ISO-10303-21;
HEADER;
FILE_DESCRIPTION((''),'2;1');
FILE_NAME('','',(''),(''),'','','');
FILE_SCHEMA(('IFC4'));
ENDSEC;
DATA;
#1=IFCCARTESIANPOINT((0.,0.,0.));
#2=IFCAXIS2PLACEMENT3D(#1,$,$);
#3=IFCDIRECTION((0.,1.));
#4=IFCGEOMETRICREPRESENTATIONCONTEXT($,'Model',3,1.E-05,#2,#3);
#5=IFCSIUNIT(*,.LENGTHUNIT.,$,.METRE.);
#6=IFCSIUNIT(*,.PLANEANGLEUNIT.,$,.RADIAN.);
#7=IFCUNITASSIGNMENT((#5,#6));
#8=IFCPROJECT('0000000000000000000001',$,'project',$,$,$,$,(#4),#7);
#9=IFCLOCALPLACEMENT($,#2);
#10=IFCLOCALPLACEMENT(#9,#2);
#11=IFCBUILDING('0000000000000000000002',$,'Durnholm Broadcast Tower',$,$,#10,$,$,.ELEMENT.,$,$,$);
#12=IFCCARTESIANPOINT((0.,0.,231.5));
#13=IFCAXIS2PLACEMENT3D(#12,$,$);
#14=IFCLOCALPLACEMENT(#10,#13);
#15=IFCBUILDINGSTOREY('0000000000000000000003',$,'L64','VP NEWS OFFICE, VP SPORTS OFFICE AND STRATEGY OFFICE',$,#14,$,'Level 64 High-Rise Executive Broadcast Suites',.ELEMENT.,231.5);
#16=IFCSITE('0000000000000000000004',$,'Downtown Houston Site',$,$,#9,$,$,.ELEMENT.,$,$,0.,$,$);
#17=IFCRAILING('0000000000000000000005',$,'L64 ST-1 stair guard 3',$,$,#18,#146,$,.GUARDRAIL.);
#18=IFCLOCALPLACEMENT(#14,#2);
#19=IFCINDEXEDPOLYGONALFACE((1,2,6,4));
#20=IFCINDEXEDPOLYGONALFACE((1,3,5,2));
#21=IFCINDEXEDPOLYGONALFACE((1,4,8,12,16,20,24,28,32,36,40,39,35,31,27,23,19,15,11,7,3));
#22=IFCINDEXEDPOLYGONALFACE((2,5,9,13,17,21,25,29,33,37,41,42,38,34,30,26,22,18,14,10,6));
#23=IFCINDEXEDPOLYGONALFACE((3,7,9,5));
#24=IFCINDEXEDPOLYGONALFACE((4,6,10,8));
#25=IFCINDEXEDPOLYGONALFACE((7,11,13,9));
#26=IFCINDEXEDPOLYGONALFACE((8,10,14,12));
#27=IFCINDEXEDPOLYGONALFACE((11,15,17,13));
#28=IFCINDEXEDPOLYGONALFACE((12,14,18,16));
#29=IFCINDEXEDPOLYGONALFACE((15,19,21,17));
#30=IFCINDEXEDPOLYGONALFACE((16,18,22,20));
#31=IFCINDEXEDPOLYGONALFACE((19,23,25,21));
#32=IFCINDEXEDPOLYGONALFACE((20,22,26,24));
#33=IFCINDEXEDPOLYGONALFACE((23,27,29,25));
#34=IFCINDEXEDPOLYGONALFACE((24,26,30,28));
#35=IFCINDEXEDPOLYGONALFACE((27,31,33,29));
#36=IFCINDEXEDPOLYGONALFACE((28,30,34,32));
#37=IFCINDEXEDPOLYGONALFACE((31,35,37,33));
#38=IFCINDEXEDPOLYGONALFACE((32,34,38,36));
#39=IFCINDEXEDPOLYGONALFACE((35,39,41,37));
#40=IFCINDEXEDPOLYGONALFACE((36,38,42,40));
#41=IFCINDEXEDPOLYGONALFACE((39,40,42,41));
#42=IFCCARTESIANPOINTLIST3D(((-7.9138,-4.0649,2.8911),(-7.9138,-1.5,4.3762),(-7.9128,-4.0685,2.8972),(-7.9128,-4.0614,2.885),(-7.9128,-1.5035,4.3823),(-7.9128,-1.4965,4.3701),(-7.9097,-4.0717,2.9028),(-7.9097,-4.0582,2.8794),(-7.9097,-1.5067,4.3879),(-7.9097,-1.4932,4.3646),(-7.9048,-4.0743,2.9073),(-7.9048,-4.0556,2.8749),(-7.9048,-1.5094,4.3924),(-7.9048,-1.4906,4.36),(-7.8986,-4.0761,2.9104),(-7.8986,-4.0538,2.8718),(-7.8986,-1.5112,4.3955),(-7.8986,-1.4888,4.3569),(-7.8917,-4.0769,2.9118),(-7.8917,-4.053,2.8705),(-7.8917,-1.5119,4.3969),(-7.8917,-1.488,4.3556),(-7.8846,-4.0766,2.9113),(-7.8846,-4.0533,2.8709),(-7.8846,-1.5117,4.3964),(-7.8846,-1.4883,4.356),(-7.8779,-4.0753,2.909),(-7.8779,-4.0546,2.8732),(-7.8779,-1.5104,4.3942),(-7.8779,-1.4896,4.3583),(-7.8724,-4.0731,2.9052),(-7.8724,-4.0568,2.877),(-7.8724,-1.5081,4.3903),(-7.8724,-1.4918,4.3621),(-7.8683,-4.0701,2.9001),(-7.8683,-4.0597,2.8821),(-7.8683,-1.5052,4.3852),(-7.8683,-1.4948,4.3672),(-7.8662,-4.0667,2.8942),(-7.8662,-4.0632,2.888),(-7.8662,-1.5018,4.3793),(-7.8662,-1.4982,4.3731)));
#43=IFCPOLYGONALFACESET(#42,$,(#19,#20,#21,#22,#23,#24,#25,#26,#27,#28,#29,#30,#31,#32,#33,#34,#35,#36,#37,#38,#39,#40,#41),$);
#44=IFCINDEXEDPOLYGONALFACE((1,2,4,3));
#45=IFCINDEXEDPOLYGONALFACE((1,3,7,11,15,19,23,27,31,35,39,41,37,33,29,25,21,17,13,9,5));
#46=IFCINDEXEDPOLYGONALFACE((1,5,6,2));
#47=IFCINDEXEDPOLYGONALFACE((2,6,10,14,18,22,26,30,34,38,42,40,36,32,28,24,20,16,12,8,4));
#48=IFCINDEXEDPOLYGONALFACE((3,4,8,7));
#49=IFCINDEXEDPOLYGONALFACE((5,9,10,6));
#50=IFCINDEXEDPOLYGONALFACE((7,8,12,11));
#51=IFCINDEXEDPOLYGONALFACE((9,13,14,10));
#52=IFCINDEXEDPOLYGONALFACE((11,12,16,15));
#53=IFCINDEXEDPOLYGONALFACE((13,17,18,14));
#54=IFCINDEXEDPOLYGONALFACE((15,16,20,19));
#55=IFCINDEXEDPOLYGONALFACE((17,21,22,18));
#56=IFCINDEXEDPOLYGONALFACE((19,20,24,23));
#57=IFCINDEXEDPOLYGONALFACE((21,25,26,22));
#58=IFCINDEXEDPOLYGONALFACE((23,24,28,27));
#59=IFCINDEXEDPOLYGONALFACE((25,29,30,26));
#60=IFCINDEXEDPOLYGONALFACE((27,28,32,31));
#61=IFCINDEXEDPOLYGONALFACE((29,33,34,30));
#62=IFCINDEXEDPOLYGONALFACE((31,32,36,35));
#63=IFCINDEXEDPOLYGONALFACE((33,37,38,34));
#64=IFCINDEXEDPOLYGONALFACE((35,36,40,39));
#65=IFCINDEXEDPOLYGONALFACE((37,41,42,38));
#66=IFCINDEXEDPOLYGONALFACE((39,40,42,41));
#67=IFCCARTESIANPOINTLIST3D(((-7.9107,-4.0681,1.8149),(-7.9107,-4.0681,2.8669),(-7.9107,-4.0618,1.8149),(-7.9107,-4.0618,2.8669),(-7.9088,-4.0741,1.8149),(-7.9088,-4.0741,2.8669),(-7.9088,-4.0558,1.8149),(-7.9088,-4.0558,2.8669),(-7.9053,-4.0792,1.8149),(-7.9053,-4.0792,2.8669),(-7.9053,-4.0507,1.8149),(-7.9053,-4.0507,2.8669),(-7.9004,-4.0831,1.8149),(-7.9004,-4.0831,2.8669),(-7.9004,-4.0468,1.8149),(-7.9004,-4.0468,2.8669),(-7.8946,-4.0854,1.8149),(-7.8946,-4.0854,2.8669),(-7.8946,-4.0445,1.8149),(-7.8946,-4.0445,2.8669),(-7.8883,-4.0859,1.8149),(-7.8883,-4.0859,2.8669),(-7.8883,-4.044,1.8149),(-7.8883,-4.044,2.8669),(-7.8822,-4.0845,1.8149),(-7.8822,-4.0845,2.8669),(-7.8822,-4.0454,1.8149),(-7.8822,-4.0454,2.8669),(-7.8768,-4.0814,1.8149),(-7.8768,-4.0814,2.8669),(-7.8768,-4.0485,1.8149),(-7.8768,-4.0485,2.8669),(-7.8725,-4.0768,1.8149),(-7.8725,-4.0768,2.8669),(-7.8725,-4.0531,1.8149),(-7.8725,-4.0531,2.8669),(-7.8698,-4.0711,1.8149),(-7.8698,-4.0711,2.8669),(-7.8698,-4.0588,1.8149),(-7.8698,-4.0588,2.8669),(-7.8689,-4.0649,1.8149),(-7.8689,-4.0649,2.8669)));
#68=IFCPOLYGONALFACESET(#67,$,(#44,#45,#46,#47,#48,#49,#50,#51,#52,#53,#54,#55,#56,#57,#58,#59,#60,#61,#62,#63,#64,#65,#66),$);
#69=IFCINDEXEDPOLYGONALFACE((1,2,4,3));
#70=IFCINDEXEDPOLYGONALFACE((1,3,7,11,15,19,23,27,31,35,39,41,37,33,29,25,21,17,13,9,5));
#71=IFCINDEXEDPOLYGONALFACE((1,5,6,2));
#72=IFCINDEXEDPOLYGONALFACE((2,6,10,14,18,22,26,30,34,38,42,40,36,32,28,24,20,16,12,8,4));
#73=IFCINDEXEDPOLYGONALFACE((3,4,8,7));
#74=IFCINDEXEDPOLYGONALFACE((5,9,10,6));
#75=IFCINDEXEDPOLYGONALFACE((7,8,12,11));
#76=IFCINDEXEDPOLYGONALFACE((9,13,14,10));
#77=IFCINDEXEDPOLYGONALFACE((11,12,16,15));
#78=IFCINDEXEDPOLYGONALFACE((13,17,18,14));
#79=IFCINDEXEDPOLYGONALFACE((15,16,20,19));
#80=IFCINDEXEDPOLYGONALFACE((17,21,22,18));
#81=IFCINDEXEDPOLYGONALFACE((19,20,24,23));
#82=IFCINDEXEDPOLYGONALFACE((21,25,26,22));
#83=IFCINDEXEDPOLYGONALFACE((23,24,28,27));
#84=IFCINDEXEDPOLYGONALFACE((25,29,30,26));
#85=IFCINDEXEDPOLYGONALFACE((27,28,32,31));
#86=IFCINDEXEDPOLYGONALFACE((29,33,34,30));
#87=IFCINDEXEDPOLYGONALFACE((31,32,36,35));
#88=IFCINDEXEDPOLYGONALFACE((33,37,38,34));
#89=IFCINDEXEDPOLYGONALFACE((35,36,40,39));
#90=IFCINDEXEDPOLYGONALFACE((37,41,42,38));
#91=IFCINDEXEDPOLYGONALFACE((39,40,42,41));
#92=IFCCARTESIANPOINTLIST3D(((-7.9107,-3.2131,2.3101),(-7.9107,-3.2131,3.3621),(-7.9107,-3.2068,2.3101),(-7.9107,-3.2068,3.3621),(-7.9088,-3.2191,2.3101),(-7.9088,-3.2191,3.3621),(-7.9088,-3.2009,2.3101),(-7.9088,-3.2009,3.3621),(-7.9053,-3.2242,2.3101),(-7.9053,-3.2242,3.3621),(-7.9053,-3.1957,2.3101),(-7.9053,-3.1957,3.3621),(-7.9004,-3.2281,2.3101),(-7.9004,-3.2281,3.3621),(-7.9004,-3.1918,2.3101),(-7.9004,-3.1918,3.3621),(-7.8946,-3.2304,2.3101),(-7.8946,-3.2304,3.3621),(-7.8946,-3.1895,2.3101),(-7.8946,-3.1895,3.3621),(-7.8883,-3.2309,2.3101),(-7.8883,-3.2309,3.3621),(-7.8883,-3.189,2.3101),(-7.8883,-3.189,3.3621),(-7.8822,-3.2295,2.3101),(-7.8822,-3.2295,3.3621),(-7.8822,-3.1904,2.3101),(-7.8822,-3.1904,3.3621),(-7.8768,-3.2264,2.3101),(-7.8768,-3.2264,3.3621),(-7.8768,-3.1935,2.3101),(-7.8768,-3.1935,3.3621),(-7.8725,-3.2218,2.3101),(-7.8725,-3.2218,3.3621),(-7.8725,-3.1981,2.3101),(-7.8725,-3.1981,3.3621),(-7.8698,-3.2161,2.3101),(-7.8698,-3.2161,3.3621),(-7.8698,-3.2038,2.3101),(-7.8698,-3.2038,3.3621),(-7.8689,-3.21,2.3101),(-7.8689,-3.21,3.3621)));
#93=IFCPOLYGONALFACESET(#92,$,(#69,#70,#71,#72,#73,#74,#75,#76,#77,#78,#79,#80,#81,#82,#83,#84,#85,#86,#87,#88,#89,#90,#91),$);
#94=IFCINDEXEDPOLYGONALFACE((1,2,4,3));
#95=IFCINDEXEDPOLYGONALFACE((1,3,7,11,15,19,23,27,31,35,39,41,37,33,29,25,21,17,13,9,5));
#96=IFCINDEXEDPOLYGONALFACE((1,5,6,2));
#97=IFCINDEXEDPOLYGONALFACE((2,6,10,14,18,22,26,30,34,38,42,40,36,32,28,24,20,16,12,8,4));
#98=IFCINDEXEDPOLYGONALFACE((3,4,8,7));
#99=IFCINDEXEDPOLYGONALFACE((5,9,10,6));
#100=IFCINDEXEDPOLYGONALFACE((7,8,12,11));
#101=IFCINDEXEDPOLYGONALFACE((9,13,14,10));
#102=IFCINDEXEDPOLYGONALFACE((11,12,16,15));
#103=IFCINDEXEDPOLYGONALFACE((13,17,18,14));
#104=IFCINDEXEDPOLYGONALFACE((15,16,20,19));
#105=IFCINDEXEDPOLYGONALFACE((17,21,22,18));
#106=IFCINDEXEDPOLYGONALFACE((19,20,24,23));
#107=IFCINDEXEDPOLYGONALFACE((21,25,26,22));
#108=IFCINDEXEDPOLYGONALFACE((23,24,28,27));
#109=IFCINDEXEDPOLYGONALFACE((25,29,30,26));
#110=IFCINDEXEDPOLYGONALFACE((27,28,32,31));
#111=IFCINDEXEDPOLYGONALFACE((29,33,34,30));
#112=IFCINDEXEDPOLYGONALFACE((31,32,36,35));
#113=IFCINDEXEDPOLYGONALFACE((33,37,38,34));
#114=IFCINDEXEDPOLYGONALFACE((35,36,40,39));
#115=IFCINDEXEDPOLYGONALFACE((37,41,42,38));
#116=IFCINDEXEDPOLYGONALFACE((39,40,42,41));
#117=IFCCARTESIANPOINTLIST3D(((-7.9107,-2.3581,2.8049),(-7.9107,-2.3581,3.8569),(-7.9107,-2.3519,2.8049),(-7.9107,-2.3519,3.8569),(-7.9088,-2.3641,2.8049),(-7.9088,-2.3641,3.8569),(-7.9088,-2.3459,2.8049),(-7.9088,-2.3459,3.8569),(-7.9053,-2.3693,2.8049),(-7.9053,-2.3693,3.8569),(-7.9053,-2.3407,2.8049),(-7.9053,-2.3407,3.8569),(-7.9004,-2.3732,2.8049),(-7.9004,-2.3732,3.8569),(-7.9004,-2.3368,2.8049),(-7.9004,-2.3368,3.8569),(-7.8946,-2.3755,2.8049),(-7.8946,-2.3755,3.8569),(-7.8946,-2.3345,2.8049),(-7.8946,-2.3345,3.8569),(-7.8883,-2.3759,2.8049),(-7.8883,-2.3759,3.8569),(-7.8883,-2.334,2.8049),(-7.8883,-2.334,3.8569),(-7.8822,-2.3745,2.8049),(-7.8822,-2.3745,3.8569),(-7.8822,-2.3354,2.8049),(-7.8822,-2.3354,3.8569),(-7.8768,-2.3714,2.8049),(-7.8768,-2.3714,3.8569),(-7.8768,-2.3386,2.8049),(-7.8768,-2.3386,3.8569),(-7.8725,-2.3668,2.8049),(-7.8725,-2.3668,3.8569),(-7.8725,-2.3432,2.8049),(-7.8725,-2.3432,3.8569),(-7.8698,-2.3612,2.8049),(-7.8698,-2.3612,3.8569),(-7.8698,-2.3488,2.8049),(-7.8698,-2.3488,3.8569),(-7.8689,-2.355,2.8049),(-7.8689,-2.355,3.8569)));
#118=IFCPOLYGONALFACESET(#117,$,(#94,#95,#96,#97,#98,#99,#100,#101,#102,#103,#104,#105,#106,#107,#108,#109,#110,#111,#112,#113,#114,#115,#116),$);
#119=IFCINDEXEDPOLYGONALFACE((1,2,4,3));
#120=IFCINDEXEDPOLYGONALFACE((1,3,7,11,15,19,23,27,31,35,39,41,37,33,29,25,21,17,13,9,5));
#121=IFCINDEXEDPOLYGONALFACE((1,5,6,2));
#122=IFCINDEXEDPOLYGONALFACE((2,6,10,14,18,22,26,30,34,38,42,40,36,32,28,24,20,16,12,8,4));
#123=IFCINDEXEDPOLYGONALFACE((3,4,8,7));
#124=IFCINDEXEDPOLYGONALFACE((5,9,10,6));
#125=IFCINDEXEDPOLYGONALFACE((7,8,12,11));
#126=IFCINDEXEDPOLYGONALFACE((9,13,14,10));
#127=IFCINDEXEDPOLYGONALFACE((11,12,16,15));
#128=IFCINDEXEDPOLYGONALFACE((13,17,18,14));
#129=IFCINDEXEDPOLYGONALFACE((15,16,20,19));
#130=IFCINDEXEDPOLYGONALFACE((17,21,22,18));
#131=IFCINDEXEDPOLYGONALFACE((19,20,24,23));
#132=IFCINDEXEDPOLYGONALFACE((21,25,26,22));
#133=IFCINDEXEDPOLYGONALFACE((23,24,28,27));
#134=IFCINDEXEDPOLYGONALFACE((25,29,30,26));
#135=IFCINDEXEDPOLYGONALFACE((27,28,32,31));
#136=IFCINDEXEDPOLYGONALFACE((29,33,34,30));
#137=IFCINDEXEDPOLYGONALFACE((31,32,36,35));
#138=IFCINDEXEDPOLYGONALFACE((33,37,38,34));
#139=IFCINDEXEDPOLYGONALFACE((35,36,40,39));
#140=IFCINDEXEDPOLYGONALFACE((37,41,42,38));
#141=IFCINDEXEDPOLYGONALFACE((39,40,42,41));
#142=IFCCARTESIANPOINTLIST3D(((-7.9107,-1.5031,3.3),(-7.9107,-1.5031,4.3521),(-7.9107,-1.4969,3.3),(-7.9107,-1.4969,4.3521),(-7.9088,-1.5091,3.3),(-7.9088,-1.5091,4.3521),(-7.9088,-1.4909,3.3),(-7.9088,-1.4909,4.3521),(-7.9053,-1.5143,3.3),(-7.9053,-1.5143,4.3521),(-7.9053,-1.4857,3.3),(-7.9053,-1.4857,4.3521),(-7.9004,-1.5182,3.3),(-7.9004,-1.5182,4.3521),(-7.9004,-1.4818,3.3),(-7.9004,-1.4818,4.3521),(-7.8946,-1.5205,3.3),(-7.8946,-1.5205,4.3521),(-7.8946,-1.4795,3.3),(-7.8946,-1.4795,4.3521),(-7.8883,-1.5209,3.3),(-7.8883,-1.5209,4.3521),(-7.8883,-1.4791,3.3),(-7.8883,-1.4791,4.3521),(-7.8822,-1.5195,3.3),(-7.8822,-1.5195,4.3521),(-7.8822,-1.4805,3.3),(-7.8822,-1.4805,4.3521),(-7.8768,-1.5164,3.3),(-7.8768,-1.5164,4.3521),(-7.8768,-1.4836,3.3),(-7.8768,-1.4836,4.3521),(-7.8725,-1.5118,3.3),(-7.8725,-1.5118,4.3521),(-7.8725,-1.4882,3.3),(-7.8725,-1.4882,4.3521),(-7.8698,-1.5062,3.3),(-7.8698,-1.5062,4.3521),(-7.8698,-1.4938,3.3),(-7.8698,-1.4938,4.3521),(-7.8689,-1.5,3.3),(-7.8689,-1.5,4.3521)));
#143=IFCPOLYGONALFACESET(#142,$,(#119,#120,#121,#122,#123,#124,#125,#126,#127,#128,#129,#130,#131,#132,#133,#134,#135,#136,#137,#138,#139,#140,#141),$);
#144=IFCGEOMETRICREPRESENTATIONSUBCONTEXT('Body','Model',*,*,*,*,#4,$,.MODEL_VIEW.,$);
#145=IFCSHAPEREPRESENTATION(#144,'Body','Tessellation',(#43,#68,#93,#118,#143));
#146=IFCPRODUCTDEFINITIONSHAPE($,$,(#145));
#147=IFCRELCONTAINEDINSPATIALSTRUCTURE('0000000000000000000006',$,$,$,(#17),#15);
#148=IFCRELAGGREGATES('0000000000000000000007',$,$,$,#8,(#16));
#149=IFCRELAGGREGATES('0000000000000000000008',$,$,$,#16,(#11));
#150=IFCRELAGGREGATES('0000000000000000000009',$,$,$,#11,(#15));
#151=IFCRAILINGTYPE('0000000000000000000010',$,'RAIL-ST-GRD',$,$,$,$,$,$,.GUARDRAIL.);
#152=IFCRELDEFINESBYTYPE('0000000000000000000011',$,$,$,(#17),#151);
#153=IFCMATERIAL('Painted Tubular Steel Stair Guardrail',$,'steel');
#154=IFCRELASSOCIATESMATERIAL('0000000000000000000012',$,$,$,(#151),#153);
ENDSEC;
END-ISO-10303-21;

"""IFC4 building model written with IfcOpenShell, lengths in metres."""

from ifc_helpers import new_model, si_unit, direction, frame, origin, origin_2d, place, context, subcontext, project, spatial, circle, extrude, material, type_object, element, save


model = new_model("IFC4")

# Units and contexts
model_context = context("Model", 3, precision=1e-05, world=origin(), true_north=direction((0.0, 1.0)))
body_context = subcontext(model_context, "Body", "Model", "MODEL_VIEW")
ifc_project = project(units=[si_unit("LENGTHUNIT", "METRE"), si_unit("PLANEANGLEUNIT", "RADIAN")], contexts=[model_context])

# Site, building, storey
site_placement = place(None, origin())
site = spatial("IfcSite", under=ifc_project, at=site_placement, Name="Downtown Houston Site", CompositionType="ELEMENT", RefElevation=0.0)
building_placement = place(site_placement, origin())
building = spatial("IfcBuilding", under=site, at=building_placement, Name="Durnholm Broadcast Tower", CompositionType="ELEMENT")
storey_placement = place(building_placement, frame((0.0, 0.0, 231.5)))
storey = spatial("IfcBuildingStorey", under=building, at=storey_placement, Name="L64", Description="VP NEWS OFFICE, VP SPORTS OFFICE AND STRATEGY OFFICE", LongName="Level 64 High-Rise Executive Broadcast Suites", CompositionType="ELEMENT", Elevation=231.5)

# Railing
ifc_material_1 = material(Name="Painted Tubular Steel Stair Guardrail", Category="steel")
railing_type_1 = type_object("IfcRailingType", Name="RAIL-ST-GRD", PredefinedType="GUARDRAIL", material=ifc_material_1)
railing_1_placement = place(storey_placement, frame((-7.8899, -4.0649, 1.8149)))
element("IfcRailing", 1, at=railing_1_placement, inside=storey, type_object=railing_type_1, Name="L64 ST-1 stair guard 3", PredefinedType="GUARDRAIL", context=body_context, shape_type="SweptSolid", body=[
    extrude(circle(Radius=0.0239, at=origin_2d()), frame((0.0, 0.0, 1.0762), z_axis=(0.0, 0.865406, 0.501072), x_axis=(-1.0, 0.0, 0.0)), (0.0, 0.0, 1.0), 2.9639),
    extrude(circle(Radius=0.021, at=origin_2d()), origin(), (0.0, 0.0, 1.0), 1.052),
    extrude(circle(Radius=0.021, at=origin_2d()), frame((0.0, 0.855, 0.4951)), (0.0, 0.0, 1.0), 1.052),
    extrude(circle(Radius=0.021, at=origin_2d()), frame((0.0, 1.71, 0.99)), (0.0, 0.0, 1.0), 1.052),
    extrude(circle(Radius=0.021, at=origin_2d()), frame((0.0, 2.5649, 1.4851)), (0.0, 0.0, 1.0), 1.052),
])

save(model, "model.ifc")
